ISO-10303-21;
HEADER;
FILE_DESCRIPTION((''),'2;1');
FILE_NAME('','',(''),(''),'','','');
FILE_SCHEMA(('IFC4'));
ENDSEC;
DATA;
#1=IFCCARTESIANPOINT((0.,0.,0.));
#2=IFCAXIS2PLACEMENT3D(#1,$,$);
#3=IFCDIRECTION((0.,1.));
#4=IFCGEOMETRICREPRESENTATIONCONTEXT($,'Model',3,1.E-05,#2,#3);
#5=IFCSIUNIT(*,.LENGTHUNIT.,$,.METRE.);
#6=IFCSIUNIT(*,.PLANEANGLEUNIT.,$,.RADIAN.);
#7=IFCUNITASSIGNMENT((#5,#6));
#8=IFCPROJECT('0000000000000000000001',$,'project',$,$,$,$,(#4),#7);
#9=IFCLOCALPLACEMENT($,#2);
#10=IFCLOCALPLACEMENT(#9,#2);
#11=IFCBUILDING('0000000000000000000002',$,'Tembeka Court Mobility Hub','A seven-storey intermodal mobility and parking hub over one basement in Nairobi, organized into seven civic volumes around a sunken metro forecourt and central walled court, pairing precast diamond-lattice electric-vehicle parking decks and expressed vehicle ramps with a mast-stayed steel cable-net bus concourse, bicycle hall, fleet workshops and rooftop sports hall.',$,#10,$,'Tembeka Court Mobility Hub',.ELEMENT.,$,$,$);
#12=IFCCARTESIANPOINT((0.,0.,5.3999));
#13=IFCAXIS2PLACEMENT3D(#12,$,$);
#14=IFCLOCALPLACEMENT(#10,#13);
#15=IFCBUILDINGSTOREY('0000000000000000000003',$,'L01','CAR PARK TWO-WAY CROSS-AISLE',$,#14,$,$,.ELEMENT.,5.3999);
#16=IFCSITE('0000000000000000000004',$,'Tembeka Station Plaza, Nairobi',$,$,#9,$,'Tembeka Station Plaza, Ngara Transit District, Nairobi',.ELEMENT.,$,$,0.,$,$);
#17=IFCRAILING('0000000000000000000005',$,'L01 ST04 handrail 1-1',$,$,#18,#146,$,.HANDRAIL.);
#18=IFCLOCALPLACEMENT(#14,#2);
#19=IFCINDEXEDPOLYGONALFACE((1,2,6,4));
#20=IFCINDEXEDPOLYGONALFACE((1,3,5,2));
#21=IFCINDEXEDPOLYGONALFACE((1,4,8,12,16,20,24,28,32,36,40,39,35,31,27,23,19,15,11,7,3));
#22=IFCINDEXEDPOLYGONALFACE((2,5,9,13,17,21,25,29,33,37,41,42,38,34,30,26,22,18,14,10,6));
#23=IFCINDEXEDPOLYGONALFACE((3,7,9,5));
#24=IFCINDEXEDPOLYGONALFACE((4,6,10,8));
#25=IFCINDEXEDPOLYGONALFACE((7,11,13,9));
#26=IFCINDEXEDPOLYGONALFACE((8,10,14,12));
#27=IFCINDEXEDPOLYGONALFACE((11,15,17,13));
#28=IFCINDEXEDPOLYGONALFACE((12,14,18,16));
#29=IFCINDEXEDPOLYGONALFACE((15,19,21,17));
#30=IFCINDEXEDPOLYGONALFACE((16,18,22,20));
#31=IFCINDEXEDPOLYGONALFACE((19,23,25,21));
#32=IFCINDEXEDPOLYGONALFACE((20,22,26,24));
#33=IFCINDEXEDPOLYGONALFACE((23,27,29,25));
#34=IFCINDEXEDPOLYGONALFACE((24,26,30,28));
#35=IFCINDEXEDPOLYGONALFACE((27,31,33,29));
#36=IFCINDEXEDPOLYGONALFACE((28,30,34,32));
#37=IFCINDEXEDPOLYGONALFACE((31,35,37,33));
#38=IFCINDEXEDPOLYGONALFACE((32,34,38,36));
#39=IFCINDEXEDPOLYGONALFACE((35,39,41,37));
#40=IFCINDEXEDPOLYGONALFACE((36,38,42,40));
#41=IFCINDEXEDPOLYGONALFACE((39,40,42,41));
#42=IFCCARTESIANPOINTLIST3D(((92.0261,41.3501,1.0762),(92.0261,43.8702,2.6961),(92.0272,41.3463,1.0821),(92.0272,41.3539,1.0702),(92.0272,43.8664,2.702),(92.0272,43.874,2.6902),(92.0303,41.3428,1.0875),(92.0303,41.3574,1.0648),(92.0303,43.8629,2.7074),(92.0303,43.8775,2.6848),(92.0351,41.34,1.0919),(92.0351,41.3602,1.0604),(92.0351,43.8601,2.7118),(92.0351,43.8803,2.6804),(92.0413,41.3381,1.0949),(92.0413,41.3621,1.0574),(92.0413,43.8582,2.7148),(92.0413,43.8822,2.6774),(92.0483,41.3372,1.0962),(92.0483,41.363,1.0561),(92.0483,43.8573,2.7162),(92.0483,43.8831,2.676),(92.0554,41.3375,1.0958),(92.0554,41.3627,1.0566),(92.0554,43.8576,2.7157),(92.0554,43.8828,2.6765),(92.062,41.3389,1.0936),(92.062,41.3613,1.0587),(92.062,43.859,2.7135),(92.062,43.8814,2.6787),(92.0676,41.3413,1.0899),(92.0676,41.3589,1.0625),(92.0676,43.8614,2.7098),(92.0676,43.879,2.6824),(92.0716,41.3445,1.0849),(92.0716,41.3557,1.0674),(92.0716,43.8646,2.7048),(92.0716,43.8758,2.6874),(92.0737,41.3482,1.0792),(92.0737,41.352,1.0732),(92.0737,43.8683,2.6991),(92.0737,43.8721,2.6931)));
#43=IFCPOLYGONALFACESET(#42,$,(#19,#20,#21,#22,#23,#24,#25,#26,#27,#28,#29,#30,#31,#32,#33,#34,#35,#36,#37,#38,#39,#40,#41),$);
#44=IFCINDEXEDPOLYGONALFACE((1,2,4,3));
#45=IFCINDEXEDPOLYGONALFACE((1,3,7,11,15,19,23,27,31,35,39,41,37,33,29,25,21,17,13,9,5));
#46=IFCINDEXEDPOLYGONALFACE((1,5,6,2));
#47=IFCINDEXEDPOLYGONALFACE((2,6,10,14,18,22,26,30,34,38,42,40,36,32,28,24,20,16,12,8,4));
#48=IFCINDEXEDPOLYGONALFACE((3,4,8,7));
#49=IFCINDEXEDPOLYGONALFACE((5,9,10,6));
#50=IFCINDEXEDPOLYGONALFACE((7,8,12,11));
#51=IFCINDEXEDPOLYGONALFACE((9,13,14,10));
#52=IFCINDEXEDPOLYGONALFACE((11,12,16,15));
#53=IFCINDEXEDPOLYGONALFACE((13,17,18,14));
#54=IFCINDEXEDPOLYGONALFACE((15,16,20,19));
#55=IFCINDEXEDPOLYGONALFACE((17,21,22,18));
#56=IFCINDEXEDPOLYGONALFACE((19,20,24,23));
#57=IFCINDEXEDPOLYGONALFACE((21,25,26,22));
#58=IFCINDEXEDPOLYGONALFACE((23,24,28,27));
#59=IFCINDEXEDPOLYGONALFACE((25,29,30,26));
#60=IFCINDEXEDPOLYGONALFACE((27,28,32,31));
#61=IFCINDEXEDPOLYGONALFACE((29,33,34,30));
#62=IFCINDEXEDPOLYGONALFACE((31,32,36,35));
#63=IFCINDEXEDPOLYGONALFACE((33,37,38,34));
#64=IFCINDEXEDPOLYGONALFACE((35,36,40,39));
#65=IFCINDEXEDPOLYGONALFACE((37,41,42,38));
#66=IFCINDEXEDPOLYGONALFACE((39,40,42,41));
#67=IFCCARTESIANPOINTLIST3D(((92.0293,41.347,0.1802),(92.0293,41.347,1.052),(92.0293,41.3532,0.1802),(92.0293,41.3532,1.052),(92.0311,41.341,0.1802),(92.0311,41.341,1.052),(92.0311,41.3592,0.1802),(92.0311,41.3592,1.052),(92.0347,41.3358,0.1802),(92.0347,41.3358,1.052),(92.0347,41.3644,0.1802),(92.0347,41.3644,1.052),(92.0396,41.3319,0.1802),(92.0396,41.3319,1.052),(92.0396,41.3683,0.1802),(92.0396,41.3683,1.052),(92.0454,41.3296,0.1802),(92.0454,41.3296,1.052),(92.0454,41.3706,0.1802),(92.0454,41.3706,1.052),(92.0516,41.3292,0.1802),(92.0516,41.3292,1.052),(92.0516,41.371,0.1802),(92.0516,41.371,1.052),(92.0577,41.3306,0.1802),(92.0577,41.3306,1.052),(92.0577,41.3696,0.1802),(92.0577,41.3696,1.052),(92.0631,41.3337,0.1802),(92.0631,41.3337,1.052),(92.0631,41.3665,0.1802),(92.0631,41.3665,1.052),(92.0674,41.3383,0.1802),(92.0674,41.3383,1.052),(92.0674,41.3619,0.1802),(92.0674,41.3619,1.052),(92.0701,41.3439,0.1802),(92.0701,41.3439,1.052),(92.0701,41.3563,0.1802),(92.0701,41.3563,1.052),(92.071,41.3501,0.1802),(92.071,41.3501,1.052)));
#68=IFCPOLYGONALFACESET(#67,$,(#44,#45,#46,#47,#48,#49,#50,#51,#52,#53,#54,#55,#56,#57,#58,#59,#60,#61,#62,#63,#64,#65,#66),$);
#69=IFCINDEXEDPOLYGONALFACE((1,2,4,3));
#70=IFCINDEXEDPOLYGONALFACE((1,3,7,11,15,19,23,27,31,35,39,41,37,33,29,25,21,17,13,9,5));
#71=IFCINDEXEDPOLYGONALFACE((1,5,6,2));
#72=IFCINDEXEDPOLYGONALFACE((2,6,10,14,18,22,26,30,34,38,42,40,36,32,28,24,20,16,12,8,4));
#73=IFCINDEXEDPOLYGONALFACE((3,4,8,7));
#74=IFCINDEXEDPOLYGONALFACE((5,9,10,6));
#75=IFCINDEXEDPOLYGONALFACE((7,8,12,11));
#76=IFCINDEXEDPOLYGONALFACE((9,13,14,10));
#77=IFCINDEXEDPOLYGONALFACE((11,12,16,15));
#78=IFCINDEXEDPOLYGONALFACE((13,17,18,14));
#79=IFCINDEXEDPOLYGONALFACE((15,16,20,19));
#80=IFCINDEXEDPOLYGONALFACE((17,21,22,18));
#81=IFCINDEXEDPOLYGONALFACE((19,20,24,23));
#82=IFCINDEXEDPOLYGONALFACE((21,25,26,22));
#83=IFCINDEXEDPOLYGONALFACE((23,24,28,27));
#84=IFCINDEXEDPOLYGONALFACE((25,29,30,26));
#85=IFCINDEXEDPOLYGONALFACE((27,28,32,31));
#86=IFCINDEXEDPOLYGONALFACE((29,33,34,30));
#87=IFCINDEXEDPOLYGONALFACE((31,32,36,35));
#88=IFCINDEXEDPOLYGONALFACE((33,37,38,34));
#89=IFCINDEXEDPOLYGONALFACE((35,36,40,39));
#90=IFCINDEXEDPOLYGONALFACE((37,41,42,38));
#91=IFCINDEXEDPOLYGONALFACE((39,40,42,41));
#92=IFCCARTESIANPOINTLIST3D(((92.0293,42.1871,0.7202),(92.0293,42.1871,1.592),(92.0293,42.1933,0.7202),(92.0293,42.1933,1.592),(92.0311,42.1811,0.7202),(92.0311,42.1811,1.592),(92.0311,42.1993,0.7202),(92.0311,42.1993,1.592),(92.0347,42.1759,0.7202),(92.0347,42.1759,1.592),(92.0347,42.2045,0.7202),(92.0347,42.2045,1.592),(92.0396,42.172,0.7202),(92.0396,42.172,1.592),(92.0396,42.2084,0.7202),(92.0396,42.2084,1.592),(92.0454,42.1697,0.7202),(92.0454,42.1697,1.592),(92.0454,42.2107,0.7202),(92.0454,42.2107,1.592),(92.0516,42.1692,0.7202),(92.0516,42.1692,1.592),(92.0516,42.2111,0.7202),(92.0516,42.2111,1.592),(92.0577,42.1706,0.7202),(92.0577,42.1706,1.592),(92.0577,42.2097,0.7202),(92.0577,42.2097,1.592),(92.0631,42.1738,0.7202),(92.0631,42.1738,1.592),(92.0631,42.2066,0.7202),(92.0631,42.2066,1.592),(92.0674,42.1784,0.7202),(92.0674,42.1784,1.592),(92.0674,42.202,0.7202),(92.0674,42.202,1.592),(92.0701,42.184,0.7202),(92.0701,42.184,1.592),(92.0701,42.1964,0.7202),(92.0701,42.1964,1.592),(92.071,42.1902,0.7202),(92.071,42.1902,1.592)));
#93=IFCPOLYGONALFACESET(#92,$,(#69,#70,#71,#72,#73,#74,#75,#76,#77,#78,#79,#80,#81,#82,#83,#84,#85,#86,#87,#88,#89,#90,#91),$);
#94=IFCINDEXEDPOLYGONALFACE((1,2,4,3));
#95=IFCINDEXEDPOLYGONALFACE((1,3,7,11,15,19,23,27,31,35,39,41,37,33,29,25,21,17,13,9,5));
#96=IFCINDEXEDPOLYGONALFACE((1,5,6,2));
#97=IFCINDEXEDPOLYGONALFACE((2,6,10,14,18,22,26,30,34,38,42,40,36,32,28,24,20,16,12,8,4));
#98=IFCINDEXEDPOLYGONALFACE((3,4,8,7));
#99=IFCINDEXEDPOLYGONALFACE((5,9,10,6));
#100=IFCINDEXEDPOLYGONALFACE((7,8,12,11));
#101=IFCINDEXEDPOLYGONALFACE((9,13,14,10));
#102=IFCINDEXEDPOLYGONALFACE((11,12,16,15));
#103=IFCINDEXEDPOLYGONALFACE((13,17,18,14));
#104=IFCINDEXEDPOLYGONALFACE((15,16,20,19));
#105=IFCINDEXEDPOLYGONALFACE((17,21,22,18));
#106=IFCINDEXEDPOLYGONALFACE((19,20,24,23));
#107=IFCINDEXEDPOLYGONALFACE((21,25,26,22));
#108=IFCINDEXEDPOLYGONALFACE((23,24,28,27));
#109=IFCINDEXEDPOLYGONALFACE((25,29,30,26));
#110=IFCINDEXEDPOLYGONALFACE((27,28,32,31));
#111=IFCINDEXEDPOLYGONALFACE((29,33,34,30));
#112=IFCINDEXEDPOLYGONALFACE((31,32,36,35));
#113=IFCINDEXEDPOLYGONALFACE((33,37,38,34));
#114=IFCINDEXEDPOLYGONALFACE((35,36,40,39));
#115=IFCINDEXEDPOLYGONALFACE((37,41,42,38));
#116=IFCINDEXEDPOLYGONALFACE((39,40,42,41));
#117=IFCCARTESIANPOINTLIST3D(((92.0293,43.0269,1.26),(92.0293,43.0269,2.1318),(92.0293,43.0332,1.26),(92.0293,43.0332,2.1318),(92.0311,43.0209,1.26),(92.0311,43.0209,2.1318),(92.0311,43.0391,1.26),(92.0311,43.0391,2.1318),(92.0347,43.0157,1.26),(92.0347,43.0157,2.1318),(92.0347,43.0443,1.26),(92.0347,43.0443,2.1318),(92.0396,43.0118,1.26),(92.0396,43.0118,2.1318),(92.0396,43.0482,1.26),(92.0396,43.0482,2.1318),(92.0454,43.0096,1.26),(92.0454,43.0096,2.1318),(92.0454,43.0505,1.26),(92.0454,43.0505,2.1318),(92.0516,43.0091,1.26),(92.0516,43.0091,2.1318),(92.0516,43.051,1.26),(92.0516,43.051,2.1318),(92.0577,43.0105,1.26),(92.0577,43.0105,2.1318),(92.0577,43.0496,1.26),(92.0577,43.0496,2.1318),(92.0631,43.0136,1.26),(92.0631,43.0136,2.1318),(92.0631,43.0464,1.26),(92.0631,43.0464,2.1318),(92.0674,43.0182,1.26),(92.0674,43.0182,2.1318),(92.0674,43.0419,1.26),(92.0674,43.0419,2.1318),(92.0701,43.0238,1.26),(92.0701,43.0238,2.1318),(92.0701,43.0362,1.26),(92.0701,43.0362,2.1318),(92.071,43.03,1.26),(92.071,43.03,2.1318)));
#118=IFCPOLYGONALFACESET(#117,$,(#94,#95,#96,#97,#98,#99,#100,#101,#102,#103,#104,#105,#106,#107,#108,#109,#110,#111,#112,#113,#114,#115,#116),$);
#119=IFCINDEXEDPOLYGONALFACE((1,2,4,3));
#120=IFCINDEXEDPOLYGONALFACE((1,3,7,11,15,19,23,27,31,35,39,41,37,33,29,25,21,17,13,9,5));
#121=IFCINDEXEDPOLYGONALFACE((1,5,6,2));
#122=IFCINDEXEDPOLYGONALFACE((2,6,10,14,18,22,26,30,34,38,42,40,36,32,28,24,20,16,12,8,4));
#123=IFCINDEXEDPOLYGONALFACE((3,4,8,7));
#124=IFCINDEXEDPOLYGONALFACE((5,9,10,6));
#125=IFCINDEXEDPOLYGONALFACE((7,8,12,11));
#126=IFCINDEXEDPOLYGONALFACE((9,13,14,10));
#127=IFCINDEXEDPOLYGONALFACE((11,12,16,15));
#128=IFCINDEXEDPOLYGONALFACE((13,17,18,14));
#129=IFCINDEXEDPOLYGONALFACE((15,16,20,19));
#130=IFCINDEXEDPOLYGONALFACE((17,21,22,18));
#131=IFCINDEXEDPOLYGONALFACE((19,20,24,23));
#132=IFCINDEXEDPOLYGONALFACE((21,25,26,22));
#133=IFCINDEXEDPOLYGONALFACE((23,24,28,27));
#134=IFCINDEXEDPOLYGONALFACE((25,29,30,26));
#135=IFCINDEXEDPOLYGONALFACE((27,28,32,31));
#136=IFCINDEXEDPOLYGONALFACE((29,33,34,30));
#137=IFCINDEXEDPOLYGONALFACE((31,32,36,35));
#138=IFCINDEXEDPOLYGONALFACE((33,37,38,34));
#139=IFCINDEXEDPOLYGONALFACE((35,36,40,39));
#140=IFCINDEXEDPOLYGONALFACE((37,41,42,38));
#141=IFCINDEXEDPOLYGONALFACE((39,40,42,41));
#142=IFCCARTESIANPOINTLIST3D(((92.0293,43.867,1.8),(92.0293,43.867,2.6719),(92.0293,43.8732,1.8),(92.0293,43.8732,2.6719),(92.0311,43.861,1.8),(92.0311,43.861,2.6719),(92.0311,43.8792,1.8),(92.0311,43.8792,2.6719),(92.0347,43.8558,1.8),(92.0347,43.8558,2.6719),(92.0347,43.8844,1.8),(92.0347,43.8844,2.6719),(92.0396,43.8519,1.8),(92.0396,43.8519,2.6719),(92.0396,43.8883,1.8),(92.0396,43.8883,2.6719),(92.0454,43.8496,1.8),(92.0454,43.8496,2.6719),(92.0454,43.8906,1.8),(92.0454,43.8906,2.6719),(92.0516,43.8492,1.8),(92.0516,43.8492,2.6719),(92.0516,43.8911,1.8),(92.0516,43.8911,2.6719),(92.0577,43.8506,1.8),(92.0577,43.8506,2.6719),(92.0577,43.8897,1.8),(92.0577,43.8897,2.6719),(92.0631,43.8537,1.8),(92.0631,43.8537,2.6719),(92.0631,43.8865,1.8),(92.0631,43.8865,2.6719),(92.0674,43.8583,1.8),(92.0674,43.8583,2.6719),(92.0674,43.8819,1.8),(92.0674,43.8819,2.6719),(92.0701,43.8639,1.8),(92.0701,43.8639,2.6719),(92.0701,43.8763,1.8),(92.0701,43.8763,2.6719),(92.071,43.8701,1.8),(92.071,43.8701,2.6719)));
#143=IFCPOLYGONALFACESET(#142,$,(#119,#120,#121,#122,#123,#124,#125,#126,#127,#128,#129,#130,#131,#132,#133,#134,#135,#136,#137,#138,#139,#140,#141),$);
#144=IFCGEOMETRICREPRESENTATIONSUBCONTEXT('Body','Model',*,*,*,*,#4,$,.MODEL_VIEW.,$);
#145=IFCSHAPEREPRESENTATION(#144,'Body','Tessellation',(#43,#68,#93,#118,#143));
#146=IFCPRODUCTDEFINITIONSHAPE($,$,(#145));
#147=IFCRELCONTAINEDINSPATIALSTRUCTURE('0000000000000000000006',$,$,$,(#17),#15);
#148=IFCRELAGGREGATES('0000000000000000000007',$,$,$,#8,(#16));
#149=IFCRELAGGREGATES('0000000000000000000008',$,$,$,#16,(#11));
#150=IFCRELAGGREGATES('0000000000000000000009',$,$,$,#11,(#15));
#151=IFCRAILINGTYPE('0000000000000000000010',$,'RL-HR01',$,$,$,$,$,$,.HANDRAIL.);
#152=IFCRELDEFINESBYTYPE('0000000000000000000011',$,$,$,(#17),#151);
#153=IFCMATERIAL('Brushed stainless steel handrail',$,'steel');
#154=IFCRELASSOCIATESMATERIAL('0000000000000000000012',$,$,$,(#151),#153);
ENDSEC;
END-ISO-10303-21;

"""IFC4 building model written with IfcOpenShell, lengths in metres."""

from ifc_helpers import new_model, si_unit, direction, frame, origin, origin_2d, place, context, subcontext, project, spatial, circle, extrude, material, type_object, element, save


model = new_model("IFC4")

# Units and contexts
model_context = context("Model", 3, precision=1e-05, world=origin(), true_north=direction((0.0, 1.0)))
body_context = subcontext(model_context, "Body", "Model", "MODEL_VIEW")
ifc_project = project(units=[si_unit("LENGTHUNIT", "METRE"), si_unit("PLANEANGLEUNIT", "RADIAN")], contexts=[model_context])

# Site, building, storey
site_placement = place(None, origin())
site = spatial("IfcSite", under=ifc_project, at=site_placement, Name="Tembeka Station Plaza, Nairobi", LongName="Tembeka Station Plaza, Ngara Transit District, Nairobi", CompositionType="ELEMENT", RefElevation=0.0)
building_placement = place(site_placement, origin())
building = spatial("IfcBuilding", under=site, at=building_placement, Name="Tembeka Court Mobility Hub", Description="A seven-storey intermodal mobility and parking hub over one basement in Nairobi, organized into seven civic volumes around a sunken metro forecourt and central walled court, pairing precast diamond-lattice electric-vehicle parking decks and expressed vehicle ramps with a mast-stayed steel cable-net bus concourse, bicycle hall, fleet workshops and rooftop sports hall.", LongName="Tembeka Court Mobility Hub", CompositionType="ELEMENT")
storey_placement = place(building_placement, frame((0.0, 0.0, 5.3999)))
storey = spatial("IfcBuildingStorey", under=building, at=storey_placement, Name="L01", Description="CAR PARK TWO-WAY CROSS-AISLE", CompositionType="ELEMENT", Elevation=5.3999)

# Railing
ifc_material_1 = material(Name="Brushed stainless steel handrail", Category="steel")
railing_type_1 = type_object("IfcRailingType", Name="RL-HR01", PredefinedType="HANDRAIL", material=ifc_material_1)
railing_1_placement = place(storey_placement, frame((92.05, 41.3501, 0.1802)))
element("IfcRailing", 1, at=railing_1_placement, inside=storey, type_object=railing_type_1, Name="L01 ST04 handrail 1-1", PredefinedType="HANDRAIL", context=body_context, shape_type="SweptSolid", body=[
    extrude(circle(Radius=0.0239, at=origin_2d()), frame((0.0, 0.0, 0.896), z_axis=(0.0, 0.8412, 0.540725), x_axis=(-1.0, 0.0, 0.0)), (0.0, 0.0, 1.0), 2.9958),
    extrude(circle(Radius=0.021, at=origin_2d()), origin(), (0.0, 0.0, 1.0), 0.8718),
    extrude(circle(Radius=0.021, at=origin_2d()), frame((0.0, 0.8401, 0.54)), (0.0, 0.0, 1.0), 0.8718),
    extrude(circle(Radius=0.021, at=origin_2d()), frame((0.0, 1.6799, 1.0798)), (0.0, 0.0, 1.0), 0.8718),
    extrude(circle(Radius=0.021, at=origin_2d()), frame((0.0, 2.52, 1.6199)), (0.0, 0.0, 1.0), 0.8718),
])

save(model, "model.ifc")
